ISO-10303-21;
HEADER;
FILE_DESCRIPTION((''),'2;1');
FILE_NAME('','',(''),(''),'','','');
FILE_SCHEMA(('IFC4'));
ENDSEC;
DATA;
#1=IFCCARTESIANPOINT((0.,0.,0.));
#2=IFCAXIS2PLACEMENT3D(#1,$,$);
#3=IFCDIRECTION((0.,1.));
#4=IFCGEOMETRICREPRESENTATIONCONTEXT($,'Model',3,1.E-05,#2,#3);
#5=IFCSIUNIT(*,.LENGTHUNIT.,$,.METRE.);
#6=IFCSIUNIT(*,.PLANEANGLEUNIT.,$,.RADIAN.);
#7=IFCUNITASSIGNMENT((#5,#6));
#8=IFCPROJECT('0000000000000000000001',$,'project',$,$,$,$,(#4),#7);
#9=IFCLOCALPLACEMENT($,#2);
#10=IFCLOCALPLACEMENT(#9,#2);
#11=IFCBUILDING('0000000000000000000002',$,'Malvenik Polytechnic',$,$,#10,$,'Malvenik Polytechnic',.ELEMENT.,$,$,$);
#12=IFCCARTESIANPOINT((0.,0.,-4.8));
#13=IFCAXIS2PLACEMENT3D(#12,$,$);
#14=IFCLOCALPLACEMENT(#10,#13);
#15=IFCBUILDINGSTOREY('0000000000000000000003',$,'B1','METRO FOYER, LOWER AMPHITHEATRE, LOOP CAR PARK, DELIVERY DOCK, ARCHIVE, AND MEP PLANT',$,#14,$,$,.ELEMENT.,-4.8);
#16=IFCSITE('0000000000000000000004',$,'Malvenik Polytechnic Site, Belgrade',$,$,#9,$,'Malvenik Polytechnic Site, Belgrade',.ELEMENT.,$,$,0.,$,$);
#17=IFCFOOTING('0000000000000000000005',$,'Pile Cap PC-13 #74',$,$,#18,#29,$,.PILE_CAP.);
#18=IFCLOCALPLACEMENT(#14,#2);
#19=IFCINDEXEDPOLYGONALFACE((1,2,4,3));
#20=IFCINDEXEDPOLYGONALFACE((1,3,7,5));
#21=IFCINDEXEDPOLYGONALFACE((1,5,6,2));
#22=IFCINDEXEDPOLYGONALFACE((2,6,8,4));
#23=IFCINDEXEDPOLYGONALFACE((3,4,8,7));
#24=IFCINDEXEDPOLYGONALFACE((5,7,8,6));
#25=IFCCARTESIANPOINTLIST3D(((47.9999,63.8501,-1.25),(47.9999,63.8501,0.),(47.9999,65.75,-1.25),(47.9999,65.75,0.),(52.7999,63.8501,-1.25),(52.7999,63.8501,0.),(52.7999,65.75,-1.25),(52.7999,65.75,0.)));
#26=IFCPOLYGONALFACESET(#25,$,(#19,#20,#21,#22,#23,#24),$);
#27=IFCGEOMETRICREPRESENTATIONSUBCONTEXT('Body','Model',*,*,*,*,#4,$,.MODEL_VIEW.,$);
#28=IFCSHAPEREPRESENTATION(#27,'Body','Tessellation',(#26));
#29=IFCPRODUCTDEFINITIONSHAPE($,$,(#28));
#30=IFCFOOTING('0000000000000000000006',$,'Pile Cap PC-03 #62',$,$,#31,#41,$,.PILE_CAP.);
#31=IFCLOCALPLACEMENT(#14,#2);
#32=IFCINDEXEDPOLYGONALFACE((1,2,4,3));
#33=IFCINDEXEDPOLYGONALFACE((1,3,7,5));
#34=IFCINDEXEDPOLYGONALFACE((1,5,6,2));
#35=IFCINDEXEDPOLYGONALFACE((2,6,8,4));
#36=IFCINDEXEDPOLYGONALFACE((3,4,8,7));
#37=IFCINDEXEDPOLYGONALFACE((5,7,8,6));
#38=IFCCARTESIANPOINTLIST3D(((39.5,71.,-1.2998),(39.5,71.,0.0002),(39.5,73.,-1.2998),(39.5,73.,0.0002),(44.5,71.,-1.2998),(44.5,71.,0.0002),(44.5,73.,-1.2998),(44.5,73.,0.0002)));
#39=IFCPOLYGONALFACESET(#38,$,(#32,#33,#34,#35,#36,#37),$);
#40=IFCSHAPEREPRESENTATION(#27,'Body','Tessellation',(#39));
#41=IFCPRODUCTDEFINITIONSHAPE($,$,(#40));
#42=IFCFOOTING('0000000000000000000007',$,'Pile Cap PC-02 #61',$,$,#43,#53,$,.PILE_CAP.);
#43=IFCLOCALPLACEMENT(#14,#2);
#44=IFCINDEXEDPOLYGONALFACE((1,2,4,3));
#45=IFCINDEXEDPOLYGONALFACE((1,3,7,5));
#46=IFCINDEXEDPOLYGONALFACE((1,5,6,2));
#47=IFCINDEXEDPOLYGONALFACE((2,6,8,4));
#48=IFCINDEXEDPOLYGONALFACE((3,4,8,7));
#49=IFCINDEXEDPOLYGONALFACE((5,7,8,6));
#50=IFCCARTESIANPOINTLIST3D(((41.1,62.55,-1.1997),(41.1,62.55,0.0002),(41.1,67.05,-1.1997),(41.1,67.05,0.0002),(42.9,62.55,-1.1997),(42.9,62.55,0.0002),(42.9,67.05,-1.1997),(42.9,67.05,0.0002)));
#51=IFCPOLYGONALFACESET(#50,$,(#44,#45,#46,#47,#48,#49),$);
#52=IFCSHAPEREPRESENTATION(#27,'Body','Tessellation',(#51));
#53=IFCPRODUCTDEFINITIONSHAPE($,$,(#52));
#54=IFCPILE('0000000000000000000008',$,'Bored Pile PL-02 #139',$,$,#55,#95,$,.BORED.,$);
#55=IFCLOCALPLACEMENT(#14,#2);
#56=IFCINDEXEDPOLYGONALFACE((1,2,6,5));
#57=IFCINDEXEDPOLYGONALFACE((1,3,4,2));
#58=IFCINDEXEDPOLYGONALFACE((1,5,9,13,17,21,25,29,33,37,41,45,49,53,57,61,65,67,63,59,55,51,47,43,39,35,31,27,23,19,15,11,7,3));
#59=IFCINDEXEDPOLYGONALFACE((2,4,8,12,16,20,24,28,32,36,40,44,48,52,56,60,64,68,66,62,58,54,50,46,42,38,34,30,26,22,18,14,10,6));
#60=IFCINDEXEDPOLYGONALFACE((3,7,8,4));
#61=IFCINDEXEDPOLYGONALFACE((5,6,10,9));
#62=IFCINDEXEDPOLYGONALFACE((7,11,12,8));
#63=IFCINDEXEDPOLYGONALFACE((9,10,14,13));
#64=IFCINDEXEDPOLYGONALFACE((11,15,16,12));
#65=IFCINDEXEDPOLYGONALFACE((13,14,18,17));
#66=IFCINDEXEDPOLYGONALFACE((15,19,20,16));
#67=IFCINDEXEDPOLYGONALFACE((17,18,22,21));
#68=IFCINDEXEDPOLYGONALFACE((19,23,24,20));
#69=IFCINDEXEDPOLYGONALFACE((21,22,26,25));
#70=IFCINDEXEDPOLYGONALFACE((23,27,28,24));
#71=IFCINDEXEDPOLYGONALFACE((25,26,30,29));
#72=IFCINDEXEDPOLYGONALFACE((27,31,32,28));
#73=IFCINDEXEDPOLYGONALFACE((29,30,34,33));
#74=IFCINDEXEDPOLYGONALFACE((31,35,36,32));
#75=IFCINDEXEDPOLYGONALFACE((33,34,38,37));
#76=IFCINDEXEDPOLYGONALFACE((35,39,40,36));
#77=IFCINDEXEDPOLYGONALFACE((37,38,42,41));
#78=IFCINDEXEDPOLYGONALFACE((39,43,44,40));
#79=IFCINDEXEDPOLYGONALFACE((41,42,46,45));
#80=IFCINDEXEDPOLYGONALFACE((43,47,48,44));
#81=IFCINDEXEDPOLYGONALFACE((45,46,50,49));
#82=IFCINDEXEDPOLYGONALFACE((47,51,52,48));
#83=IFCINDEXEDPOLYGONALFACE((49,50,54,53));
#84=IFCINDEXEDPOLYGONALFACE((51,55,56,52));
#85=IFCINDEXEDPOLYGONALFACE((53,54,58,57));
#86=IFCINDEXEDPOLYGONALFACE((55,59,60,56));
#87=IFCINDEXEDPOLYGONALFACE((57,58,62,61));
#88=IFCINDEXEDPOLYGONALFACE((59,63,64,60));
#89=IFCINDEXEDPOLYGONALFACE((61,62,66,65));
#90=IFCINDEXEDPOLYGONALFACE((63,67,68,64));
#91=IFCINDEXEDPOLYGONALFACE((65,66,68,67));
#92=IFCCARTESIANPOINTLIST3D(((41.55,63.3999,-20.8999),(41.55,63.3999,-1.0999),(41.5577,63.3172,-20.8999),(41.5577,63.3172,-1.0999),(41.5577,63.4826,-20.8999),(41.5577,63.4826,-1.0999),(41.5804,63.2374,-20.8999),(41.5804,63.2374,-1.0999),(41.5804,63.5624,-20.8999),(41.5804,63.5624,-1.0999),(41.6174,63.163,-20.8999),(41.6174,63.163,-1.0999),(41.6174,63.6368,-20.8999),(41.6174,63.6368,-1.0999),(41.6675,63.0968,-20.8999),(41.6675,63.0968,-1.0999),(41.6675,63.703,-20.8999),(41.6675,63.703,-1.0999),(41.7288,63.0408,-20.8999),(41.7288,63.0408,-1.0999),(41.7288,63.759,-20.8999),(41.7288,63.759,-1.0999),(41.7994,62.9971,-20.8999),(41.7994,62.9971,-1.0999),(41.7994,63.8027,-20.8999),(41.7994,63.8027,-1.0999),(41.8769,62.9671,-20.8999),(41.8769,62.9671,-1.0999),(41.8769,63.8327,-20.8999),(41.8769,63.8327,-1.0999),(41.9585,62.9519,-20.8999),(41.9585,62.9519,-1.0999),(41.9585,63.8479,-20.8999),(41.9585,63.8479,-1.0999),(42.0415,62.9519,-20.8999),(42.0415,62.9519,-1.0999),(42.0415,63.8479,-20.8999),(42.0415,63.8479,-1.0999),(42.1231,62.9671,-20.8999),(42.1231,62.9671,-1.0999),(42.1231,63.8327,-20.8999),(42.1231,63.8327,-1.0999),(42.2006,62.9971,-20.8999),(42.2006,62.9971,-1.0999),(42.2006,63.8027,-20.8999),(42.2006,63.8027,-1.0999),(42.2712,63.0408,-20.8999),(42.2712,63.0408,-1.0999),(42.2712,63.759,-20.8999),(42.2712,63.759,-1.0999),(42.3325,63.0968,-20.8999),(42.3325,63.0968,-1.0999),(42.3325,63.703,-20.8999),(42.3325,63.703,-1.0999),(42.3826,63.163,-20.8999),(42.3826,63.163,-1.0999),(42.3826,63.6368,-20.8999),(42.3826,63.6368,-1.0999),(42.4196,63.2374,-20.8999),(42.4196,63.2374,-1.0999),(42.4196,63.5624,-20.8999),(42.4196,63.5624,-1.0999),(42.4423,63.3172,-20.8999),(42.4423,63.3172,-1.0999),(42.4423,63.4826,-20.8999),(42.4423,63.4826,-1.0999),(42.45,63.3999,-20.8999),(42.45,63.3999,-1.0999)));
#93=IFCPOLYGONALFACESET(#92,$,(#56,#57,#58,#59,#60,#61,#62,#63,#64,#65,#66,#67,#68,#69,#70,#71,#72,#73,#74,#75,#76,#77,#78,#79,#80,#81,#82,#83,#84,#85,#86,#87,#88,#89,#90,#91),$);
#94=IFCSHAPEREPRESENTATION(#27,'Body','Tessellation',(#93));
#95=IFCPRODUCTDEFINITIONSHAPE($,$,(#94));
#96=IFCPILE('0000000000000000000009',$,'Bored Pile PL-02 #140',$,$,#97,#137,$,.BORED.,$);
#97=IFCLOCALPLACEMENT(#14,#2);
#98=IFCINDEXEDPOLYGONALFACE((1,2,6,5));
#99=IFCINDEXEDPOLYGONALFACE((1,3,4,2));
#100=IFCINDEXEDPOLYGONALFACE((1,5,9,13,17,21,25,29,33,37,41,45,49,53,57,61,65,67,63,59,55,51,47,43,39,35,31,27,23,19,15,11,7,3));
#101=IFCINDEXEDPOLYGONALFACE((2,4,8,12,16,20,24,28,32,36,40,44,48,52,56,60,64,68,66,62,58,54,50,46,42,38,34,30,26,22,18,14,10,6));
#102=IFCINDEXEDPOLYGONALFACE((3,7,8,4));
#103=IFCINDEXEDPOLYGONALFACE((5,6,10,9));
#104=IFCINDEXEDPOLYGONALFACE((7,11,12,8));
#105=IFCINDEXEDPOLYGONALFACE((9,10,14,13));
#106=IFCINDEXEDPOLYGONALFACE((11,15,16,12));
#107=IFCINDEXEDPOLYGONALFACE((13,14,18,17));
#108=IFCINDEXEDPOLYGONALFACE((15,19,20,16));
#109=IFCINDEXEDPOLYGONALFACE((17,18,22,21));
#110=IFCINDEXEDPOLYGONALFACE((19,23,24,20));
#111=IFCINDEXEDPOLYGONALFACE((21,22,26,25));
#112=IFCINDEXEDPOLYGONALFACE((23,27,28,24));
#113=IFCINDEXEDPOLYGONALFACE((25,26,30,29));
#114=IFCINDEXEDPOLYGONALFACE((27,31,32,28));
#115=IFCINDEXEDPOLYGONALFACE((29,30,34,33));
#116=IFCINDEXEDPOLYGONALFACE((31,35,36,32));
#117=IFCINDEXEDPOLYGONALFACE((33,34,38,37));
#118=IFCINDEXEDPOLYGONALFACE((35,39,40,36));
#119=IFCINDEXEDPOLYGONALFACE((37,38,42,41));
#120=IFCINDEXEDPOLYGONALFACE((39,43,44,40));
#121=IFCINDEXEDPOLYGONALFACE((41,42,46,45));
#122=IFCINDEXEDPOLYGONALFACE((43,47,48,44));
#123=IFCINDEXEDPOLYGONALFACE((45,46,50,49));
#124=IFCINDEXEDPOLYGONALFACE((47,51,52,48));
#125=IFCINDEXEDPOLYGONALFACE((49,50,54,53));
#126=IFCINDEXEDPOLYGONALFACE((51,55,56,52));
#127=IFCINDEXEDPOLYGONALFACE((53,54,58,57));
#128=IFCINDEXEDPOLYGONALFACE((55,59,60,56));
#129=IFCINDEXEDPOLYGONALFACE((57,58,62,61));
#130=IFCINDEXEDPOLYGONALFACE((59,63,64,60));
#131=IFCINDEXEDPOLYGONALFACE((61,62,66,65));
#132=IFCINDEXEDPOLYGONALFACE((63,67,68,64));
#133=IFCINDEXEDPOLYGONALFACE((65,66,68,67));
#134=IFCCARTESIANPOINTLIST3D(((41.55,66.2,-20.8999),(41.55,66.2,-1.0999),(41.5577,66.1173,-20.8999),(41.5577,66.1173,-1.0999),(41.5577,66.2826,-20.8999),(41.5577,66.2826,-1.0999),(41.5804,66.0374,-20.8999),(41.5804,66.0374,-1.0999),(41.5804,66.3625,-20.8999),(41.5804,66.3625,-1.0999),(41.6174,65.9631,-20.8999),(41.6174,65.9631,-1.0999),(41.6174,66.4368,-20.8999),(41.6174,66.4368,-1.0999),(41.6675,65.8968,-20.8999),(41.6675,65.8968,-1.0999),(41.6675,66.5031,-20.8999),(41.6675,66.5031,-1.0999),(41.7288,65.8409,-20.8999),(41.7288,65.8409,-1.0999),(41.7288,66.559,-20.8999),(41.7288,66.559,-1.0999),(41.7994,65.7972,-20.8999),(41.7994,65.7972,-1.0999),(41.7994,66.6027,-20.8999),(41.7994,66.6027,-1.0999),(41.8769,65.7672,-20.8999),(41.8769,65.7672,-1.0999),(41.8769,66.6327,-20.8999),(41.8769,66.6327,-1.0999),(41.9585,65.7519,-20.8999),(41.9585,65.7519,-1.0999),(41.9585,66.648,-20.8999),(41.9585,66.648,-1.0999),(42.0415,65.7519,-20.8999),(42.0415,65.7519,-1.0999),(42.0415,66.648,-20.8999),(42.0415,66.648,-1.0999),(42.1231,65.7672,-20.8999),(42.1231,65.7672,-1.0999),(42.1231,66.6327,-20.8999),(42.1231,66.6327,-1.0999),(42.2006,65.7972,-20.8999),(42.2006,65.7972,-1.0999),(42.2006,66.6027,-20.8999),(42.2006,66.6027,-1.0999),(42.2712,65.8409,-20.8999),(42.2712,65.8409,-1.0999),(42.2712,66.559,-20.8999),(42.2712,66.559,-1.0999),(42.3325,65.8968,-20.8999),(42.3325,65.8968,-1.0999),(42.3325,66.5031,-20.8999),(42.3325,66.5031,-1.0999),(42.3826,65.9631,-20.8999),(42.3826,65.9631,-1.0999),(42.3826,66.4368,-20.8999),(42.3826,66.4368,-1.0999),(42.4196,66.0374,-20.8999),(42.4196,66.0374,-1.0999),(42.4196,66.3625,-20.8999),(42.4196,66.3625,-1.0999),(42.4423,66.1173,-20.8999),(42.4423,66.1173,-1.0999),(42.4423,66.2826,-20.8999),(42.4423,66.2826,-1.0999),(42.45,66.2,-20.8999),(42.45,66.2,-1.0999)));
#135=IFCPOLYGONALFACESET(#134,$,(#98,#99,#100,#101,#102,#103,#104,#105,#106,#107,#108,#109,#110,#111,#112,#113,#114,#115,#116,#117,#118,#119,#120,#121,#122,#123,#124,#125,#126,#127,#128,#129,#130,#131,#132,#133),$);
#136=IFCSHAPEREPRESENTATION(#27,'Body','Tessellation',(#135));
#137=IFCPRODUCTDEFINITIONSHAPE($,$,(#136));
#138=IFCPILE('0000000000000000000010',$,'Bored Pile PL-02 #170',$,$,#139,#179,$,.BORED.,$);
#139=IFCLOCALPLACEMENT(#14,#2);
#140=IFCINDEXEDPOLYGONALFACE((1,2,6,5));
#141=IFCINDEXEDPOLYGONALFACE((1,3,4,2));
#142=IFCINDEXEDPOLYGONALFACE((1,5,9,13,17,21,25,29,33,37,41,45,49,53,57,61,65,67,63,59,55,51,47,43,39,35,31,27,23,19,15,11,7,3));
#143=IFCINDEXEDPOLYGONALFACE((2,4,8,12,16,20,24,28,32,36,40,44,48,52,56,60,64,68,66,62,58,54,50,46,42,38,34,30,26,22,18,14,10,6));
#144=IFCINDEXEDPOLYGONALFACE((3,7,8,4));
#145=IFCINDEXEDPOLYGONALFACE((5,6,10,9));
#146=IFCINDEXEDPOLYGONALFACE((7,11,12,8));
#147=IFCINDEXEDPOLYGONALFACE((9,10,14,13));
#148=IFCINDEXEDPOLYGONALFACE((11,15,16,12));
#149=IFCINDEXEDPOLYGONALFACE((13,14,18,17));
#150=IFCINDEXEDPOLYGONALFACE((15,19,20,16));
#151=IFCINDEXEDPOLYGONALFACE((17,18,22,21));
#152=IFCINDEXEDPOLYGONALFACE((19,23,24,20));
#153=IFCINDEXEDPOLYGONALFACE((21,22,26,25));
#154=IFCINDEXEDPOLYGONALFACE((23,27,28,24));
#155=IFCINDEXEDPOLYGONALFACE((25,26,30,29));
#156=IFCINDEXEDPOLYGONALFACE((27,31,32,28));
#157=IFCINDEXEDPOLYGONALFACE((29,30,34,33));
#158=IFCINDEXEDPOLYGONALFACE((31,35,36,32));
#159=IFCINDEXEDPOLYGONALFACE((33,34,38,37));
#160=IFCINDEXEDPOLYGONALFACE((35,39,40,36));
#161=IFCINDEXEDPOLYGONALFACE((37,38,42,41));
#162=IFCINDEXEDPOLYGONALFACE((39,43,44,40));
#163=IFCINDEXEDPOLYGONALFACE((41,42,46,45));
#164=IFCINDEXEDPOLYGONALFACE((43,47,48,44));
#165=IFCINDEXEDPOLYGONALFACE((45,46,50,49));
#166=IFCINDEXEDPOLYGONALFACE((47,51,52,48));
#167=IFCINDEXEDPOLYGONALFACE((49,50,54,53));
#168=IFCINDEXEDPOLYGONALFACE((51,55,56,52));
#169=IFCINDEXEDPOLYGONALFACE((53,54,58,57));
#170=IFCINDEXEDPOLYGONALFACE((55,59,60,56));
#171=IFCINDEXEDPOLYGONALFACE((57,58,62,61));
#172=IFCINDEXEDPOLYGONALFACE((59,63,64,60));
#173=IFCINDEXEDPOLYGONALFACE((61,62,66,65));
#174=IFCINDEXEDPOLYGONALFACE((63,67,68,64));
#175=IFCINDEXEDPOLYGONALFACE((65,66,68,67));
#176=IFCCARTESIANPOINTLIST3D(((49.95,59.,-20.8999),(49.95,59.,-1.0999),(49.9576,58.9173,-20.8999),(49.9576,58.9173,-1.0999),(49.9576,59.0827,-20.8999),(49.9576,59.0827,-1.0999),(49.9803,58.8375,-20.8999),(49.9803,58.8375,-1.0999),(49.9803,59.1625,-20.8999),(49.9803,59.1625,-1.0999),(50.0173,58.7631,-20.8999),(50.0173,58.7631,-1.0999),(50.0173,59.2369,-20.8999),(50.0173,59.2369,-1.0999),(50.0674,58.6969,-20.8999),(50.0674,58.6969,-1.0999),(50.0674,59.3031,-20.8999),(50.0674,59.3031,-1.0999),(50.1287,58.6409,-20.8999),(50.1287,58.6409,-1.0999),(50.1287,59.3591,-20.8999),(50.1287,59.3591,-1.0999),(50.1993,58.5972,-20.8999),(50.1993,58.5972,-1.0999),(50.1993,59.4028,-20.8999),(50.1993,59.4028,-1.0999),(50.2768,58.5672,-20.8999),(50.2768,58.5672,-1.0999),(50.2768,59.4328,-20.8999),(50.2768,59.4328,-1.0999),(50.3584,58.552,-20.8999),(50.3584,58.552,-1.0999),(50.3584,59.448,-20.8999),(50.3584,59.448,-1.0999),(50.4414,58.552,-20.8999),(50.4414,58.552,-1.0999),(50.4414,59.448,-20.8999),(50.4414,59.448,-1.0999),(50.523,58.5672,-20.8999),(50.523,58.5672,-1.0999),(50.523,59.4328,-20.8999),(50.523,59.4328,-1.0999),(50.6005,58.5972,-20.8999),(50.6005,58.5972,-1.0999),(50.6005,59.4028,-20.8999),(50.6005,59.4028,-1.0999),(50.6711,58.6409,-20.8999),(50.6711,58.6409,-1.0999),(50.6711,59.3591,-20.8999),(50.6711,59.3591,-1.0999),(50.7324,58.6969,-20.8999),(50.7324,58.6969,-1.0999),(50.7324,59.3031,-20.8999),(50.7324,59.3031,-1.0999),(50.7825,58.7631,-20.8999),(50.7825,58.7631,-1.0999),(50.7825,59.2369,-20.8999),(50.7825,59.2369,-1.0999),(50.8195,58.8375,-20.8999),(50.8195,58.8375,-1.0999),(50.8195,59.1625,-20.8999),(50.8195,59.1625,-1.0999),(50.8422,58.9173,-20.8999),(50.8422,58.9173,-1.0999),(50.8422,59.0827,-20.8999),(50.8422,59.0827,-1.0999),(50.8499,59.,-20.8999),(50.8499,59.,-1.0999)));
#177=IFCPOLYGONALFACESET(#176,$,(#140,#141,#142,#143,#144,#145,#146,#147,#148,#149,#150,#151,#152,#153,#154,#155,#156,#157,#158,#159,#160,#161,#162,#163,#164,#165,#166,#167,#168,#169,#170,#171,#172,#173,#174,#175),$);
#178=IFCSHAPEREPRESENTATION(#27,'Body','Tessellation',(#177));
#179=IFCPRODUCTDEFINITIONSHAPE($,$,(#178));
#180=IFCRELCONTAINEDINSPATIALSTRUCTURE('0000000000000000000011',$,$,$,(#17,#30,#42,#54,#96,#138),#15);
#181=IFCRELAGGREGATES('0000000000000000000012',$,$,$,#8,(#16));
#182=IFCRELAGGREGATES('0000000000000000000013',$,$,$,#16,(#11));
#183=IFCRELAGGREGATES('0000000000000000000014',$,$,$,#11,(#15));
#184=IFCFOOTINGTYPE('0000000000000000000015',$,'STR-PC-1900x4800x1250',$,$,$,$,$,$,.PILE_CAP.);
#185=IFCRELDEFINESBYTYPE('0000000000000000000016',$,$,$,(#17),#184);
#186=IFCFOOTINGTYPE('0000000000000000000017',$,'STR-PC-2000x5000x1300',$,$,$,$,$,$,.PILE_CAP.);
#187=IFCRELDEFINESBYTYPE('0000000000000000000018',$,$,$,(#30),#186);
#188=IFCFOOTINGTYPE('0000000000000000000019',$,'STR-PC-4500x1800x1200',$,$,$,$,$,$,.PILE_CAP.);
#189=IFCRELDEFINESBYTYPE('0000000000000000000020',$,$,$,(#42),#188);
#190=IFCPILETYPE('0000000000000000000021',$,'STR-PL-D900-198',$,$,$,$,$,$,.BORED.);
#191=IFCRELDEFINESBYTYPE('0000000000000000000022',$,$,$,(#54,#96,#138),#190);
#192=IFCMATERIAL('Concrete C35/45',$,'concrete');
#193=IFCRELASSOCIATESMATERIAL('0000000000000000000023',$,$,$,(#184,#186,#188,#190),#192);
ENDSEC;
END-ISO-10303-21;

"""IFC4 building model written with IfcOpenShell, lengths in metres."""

from ifc_helpers import new_model, si_unit, direction, frame, origin, origin_2d, place, context, subcontext, project, spatial, rectangle, circle, extrude, material, material_profile, profile_set, type_object, element, save


model = new_model("IFC4")

# Units and contexts
model_context = context("Model", 3, precision=1e-05, world=origin(), true_north=direction((0.0, 1.0)))
body_context = subcontext(model_context, "Body", "Model", "MODEL_VIEW")
ifc_project = project(units=[si_unit("LENGTHUNIT", "METRE"), si_unit("PLANEANGLEUNIT", "RADIAN")], contexts=[model_context])

# Site, building, storey
site_placement = place(None, origin())
site = spatial("IfcSite", under=ifc_project, at=site_placement, Name="Malvenik Polytechnic Site, Belgrade", LongName="Malvenik Polytechnic Site, Belgrade", CompositionType="ELEMENT", RefElevation=0.0)
building_placement = place(site_placement, origin())
building = spatial("IfcBuilding", under=site, at=building_placement, Name="Malvenik Polytechnic", LongName="Malvenik Polytechnic", CompositionType="ELEMENT")
storey_placement = place(building_placement, frame((0.0, 0.0, -4.8)))
storey = spatial("IfcBuildingStorey", under=building, at=storey_placement, Name="B1", Description="METRO FOYER, LOWER AMPHITHEATRE, LOOP CAR PARK, DELIVERY DOCK, ARCHIVE, AND MEP PLANT", CompositionType="ELEMENT", Elevation=-4.8)

# Footings
ifc_material_1 = material(Name="Concrete C35/45", Category="concrete")
footing_type_1 = type_object("IfcFootingType", Name="STR-PC-1900x4800x1250", PredefinedType="PILE_CAP", material=ifc_material_1)
footing_1_placement = place(storey_placement, frame((50.3999, 64.8, -1.25), z_axis=(0.0, 0.0, 1.0), x_axis=(1.0, 0.0, 0.0)))
element("IfcFooting", 1, at=footing_1_placement, inside=storey, type_object=footing_type_1, Name="Pile Cap PC-13 #74", PredefinedType="PILE_CAP", context=body_context, shape_type="SweptSolid", body=[
    extrude(rectangle(XDim=4.8, YDim=1.8999, at=origin_2d()), origin(), (0.0, 0.0, 1.0), 1.25),
])
footing_type_2 = type_object("IfcFootingType", Name="STR-PC-2000x5000x1300", PredefinedType="PILE_CAP", material=ifc_material_1)
footing_2_placement = place(storey_placement, frame((42.0, 72.0, -1.2998), z_axis=(0.0, 0.0, 1.0), x_axis=(1.0, 0.0, 0.0)))
element("IfcFooting", 2, at=footing_2_placement, inside=storey, type_object=footing_type_2, Name="Pile Cap PC-03 #62", PredefinedType="PILE_CAP", context=body_context, shape_type="SweptSolid", body=[
    extrude(rectangle(XDim=5.0, YDim=2.0, at=origin_2d()), origin(), (0.0, 0.0, 1.0), 1.3),
])
footing_type_3 = type_object("IfcFootingType", Name="STR-PC-4500x1800x1200", PredefinedType="PILE_CAP", material=ifc_material_1)
footing_3_placement = place(storey_placement, frame((42.0, 64.8, -1.1997), z_axis=(0.0, 0.0, 1.0), x_axis=(1.0, 0.0, 0.0)))
element("IfcFooting", 3, at=footing_3_placement, inside=storey, type_object=footing_type_3, Name="Pile Cap PC-02 #61", PredefinedType="PILE_CAP", context=body_context, shape_type="SweptSolid", body=[
    extrude(rectangle(XDim=1.8, YDim=4.5, at=origin_2d()), origin(), (0.0, 0.0, 1.0), 1.2),
])

# Piles
ifc_material_profile_1 = material_profile(ifc_material_1, circle(Radius=0.45, at=origin_2d()), Name="BORED PILE D900")
ifc_profile_set_1 = profile_set([ifc_material_profile_1], Name="Concrete C35/45")
pile_type = type_object("IfcPileType", Name="STR-PL-D900-198", PredefinedType="BORED", material=ifc_profile_set_1)
for number, where, z_axis, x_axis, name in (
    (4, (42.0, 63.3999, -1.0999), (0.0, 0.0, -1.0), (1.0, 0.0, 0.0), "Bored Pile PL-02 #139"),
    (5, (42.0, 66.2, -1.0999), (0.0, 0.0, -1.0), (1.0, 0.0, 0.0), "Bored Pile PL-02 #140"),
    (6, (50.3999, 59.0, -1.0999), (0.0, 0.0, -1.0), (1.0, 0.0, 0.0), "Bored Pile PL-02 #170"),
):
    element("IfcPile", number, at=place(storey_placement, frame(where, z_axis=z_axis, x_axis=x_axis)), inside=storey, type_object=pile_type, Name=name, PredefinedType="BORED", context=body_context, shape_type="SweptSolid", body=[
        extrude(circle(Radius=0.45, at=origin_2d()), origin(), (0.0, 0.0, 1.0), 19.8),
    ])

save(model, "model.ifc")
